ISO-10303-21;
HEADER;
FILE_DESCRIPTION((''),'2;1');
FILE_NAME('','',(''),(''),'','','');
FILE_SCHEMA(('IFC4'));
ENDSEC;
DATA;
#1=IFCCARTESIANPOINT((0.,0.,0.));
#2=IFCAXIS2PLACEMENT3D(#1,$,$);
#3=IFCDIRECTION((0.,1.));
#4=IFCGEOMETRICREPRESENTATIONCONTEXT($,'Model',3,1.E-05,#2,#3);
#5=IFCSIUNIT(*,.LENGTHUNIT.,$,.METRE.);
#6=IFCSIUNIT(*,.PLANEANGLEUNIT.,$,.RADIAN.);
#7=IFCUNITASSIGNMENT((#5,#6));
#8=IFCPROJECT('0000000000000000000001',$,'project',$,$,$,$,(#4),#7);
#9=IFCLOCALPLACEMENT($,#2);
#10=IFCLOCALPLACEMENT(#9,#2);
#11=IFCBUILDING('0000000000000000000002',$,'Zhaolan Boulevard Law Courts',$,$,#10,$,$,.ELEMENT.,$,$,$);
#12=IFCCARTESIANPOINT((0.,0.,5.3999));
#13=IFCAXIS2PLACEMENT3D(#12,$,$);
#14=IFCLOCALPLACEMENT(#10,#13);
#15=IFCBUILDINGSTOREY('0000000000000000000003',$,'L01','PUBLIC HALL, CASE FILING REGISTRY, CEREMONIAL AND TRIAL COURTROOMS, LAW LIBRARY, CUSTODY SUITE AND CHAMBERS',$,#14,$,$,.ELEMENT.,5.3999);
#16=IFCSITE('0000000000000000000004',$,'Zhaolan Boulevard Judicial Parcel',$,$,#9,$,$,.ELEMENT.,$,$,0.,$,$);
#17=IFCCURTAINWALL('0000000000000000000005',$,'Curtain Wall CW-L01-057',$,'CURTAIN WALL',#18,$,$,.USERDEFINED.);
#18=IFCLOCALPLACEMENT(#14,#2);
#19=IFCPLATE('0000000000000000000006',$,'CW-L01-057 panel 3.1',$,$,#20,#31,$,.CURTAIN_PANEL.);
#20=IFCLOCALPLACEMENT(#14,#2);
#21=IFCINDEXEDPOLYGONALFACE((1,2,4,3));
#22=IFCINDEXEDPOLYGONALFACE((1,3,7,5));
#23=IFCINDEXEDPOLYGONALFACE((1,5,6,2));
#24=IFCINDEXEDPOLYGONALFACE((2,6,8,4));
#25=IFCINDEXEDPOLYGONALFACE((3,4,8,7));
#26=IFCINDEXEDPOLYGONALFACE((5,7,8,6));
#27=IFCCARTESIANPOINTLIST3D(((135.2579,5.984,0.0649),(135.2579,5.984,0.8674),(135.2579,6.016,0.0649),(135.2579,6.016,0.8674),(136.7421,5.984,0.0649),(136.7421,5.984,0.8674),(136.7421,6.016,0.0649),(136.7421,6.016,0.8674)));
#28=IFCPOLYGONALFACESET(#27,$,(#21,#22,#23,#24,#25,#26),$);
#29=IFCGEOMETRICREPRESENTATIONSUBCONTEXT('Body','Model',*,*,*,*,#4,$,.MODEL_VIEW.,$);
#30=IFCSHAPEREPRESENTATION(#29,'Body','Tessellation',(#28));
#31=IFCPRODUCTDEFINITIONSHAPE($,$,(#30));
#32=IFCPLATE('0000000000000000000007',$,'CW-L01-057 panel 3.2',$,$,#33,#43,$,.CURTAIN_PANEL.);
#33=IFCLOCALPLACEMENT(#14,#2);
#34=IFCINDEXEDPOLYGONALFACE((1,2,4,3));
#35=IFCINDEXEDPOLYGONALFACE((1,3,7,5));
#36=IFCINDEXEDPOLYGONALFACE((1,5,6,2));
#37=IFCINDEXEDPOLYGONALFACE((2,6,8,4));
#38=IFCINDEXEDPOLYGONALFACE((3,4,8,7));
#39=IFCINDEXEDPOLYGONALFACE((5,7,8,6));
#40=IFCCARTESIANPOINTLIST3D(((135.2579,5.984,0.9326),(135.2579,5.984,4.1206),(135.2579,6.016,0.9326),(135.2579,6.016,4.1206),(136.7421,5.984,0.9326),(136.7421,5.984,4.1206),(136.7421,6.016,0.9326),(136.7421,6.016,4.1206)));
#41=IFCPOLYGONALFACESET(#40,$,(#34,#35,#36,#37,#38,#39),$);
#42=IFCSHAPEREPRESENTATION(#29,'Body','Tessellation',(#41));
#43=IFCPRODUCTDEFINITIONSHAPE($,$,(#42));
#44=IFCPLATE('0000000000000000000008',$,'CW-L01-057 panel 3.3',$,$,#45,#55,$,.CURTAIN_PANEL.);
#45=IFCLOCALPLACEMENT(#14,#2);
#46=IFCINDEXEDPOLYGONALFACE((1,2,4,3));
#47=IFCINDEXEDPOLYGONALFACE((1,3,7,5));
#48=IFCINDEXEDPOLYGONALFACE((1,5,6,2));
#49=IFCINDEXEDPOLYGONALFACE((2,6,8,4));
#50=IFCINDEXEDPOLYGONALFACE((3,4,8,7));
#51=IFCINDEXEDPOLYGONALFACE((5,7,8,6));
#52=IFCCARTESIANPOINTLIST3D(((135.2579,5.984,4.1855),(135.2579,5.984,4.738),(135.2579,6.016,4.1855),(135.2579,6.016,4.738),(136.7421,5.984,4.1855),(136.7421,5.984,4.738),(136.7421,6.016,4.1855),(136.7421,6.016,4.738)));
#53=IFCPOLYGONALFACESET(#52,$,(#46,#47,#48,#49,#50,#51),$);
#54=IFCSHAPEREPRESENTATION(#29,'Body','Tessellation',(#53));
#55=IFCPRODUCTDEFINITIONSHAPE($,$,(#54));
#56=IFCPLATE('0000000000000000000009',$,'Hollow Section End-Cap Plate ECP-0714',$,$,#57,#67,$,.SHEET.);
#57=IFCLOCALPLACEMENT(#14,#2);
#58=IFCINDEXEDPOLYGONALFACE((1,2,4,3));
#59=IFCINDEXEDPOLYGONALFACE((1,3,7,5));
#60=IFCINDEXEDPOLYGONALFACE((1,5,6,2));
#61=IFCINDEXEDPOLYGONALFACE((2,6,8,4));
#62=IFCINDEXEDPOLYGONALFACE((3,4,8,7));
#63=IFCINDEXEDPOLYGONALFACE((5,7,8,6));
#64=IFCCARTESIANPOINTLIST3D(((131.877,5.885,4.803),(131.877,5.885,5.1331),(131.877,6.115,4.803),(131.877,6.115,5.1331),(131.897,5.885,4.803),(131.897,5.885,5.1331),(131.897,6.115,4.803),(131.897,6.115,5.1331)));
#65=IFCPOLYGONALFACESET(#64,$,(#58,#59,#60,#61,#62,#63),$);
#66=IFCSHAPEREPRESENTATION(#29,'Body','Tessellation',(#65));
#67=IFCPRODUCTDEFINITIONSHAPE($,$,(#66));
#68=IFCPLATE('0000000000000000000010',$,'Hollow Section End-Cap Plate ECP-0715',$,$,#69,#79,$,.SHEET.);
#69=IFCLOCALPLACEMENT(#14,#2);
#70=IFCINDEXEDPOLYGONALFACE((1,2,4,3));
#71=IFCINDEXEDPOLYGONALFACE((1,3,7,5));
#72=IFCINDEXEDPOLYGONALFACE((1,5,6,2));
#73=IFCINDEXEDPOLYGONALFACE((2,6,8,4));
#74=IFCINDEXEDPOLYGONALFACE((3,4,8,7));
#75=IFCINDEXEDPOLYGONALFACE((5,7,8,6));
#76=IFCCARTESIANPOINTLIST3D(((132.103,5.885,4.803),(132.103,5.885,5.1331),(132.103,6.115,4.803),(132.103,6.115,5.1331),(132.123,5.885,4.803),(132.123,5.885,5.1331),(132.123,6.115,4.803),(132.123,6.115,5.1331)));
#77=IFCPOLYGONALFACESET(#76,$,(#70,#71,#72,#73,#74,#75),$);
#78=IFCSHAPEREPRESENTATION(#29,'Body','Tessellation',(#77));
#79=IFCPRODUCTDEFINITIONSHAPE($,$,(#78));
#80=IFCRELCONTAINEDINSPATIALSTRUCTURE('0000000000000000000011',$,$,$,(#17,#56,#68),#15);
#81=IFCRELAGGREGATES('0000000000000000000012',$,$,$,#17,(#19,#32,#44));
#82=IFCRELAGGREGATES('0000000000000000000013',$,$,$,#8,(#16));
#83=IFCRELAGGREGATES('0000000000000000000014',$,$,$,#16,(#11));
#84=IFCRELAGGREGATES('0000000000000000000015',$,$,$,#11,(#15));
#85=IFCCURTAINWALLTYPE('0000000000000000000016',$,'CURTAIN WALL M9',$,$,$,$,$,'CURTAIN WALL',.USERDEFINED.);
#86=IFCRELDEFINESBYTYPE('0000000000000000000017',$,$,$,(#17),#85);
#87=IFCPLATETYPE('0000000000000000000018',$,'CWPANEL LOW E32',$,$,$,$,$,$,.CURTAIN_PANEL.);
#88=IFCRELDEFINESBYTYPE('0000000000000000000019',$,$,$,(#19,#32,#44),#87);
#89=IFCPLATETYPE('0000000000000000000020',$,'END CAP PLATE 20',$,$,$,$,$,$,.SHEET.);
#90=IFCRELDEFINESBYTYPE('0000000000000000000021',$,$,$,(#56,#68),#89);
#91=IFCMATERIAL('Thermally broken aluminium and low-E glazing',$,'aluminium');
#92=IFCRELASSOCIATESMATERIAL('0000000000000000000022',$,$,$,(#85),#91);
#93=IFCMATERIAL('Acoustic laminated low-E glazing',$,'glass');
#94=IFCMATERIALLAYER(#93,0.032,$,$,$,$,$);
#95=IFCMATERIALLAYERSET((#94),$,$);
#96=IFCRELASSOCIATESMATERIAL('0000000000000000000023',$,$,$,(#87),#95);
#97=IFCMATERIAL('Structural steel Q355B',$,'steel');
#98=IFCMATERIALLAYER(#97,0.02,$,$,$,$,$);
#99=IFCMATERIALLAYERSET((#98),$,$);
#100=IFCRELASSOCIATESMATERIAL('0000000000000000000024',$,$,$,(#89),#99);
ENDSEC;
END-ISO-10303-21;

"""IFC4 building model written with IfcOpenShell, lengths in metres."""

from ifc_helpers import new_model, si_unit, direction, frame, origin, origin_2d, place, context, subcontext, project, spatial, rectangle, extrude, material, layer, layer_set, type_object, element, aggregate, save


model = new_model("IFC4")

# Units and contexts
model_context = context("Model", 3, precision=1e-05, world=origin(), true_north=direction((0.0, 1.0)))
body_context = subcontext(model_context, "Body", "Model", "MODEL_VIEW")
ifc_project = project(units=[si_unit("LENGTHUNIT", "METRE"), si_unit("PLANEANGLEUNIT", "RADIAN")], contexts=[model_context])

# Site, building, storey
site_placement = place(None, origin())
site = spatial("IfcSite", under=ifc_project, at=site_placement, Name="Zhaolan Boulevard Judicial Parcel", CompositionType="ELEMENT", RefElevation=0.0)
building_placement = place(site_placement, origin())
building = spatial("IfcBuilding", under=site, at=building_placement, Name="Zhaolan Boulevard Law Courts", CompositionType="ELEMENT")
storey_placement = place(building_placement, frame((0.0, 0.0, 5.3999)))
storey = spatial("IfcBuildingStorey", under=building, at=storey_placement, Name="L01", Description="PUBLIC HALL, CASE FILING REGISTRY, CEREMONIAL AND TRIAL COURTROOMS, LAW LIBRARY, CUSTODY SUITE AND CHAMBERS", CompositionType="ELEMENT", Elevation=5.3999)

# Curtain wall
ifc_material_1 = material(Name="Thermally broken aluminium and low-E glazing", Category="aluminium")
curtain_wall_type_1 = type_object("IfcCurtainWallType", Name="CURTAIN WALL M9", ElementType="CURTAIN WALL", PredefinedType="USERDEFINED", material=ifc_material_1)
curtain_wall_1_placement = place(storey_placement, origin())
curtain_wall_1 = element("IfcCurtainWall", 1, at=curtain_wall_1_placement, inside=storey, type_object=curtain_wall_type_1, Name="Curtain Wall CW-L01-057", ObjectType="CURTAIN WALL", PredefinedType="USERDEFINED")

# Plates
ifc_material_2 = material(Name="Acoustic laminated low-E glazing", Category="glass")
ifc_layer_1 = layer(ifc_material_2, 0.032)
ifc_layer_set_1 = layer_set([ifc_layer_1])
plate_type_1 = type_object("IfcPlateType", Name="CWPANEL LOW E32", PredefinedType="CURTAIN_PANEL", material=ifc_layer_set_1)
plate_1_placement = place(storey_placement, frame((136.0, 6.0, 0.0649), z_axis=(0.0, 0.0, 1.0), x_axis=(1.0, 0.0, 0.0)))
plate_1 = element("IfcPlate", 2, at=plate_1_placement, type_object=plate_type_1, Name="CW-L01-057 panel 3.1", PredefinedType="CURTAIN_PANEL", context=body_context, shape_type="SweptSolid", body=[
    extrude(rectangle(XDim=1.4841, YDim=0.032, at=origin_2d()), origin(), (0.0, 0.0, 1.0), 0.8025),
])
plate_2_placement = place(storey_placement, frame((136.0, 6.0, 0.9326), z_axis=(0.0, 0.0, 1.0), x_axis=(1.0, 0.0, 0.0)))
plate_2 = element("IfcPlate", 3, at=plate_2_placement, type_object=plate_type_1, Name="CW-L01-057 panel 3.2", PredefinedType="CURTAIN_PANEL", context=body_context, shape_type="SweptSolid", body=[
    extrude(rectangle(XDim=1.4841, YDim=0.032, at=origin_2d()), origin(), (0.0, 0.0, 1.0), 3.188),
])
plate_3_placement = place(storey_placement, frame((136.0, 6.0, 4.1855), z_axis=(0.0, 0.0, 1.0), x_axis=(1.0, 0.0, 0.0)))
plate_3 = element("IfcPlate", 4, at=plate_3_placement, type_object=plate_type_1, Name="CW-L01-057 panel 3.3", PredefinedType="CURTAIN_PANEL", context=body_context, shape_type="SweptSolid", body=[
    extrude(rectangle(XDim=1.4841, YDim=0.032, at=origin_2d()), origin(), (0.0, 0.0, 1.0), 0.5525),
])
aggregate(curtain_wall_1, [plate_1, plate_2, plate_3])

# Plates
ifc_material_3 = material(Name="Structural steel Q355B", Category="steel")
ifc_layer_2 = layer(ifc_material_3, 0.02)
ifc_layer_set_2 = layer_set([ifc_layer_2])
plate_type_2 = type_object("IfcPlateType", Name="END CAP PLATE 20", PredefinedType="SHEET", material=ifc_layer_set_2)
for number, where, z_axis, x_axis, name in (
    (5, (131.887, 6.0, 4.803), (0.0, 0.0, 1.0), (1.0, 0.0, 0.0), "Hollow Section End-Cap Plate ECP-0714"),
    (6, (132.113, 6.0, 4.803), (0.0, 0.0, 1.0), (1.0, 0.0, 0.0), "Hollow Section End-Cap Plate ECP-0715"),
):
    element("IfcPlate", number, at=place(storey_placement, frame(where, z_axis=z_axis, x_axis=x_axis)), inside=storey, type_object=plate_type_2, Name=name, PredefinedType="SHEET", context=body_context, shape_type="SweptSolid", body=[
        extrude(rectangle(XDim=0.02, YDim=0.23, at=origin_2d()), origin(), (0.0, 0.0, 1.0), 0.3301),
    ])

save(model, "model.ifc")
